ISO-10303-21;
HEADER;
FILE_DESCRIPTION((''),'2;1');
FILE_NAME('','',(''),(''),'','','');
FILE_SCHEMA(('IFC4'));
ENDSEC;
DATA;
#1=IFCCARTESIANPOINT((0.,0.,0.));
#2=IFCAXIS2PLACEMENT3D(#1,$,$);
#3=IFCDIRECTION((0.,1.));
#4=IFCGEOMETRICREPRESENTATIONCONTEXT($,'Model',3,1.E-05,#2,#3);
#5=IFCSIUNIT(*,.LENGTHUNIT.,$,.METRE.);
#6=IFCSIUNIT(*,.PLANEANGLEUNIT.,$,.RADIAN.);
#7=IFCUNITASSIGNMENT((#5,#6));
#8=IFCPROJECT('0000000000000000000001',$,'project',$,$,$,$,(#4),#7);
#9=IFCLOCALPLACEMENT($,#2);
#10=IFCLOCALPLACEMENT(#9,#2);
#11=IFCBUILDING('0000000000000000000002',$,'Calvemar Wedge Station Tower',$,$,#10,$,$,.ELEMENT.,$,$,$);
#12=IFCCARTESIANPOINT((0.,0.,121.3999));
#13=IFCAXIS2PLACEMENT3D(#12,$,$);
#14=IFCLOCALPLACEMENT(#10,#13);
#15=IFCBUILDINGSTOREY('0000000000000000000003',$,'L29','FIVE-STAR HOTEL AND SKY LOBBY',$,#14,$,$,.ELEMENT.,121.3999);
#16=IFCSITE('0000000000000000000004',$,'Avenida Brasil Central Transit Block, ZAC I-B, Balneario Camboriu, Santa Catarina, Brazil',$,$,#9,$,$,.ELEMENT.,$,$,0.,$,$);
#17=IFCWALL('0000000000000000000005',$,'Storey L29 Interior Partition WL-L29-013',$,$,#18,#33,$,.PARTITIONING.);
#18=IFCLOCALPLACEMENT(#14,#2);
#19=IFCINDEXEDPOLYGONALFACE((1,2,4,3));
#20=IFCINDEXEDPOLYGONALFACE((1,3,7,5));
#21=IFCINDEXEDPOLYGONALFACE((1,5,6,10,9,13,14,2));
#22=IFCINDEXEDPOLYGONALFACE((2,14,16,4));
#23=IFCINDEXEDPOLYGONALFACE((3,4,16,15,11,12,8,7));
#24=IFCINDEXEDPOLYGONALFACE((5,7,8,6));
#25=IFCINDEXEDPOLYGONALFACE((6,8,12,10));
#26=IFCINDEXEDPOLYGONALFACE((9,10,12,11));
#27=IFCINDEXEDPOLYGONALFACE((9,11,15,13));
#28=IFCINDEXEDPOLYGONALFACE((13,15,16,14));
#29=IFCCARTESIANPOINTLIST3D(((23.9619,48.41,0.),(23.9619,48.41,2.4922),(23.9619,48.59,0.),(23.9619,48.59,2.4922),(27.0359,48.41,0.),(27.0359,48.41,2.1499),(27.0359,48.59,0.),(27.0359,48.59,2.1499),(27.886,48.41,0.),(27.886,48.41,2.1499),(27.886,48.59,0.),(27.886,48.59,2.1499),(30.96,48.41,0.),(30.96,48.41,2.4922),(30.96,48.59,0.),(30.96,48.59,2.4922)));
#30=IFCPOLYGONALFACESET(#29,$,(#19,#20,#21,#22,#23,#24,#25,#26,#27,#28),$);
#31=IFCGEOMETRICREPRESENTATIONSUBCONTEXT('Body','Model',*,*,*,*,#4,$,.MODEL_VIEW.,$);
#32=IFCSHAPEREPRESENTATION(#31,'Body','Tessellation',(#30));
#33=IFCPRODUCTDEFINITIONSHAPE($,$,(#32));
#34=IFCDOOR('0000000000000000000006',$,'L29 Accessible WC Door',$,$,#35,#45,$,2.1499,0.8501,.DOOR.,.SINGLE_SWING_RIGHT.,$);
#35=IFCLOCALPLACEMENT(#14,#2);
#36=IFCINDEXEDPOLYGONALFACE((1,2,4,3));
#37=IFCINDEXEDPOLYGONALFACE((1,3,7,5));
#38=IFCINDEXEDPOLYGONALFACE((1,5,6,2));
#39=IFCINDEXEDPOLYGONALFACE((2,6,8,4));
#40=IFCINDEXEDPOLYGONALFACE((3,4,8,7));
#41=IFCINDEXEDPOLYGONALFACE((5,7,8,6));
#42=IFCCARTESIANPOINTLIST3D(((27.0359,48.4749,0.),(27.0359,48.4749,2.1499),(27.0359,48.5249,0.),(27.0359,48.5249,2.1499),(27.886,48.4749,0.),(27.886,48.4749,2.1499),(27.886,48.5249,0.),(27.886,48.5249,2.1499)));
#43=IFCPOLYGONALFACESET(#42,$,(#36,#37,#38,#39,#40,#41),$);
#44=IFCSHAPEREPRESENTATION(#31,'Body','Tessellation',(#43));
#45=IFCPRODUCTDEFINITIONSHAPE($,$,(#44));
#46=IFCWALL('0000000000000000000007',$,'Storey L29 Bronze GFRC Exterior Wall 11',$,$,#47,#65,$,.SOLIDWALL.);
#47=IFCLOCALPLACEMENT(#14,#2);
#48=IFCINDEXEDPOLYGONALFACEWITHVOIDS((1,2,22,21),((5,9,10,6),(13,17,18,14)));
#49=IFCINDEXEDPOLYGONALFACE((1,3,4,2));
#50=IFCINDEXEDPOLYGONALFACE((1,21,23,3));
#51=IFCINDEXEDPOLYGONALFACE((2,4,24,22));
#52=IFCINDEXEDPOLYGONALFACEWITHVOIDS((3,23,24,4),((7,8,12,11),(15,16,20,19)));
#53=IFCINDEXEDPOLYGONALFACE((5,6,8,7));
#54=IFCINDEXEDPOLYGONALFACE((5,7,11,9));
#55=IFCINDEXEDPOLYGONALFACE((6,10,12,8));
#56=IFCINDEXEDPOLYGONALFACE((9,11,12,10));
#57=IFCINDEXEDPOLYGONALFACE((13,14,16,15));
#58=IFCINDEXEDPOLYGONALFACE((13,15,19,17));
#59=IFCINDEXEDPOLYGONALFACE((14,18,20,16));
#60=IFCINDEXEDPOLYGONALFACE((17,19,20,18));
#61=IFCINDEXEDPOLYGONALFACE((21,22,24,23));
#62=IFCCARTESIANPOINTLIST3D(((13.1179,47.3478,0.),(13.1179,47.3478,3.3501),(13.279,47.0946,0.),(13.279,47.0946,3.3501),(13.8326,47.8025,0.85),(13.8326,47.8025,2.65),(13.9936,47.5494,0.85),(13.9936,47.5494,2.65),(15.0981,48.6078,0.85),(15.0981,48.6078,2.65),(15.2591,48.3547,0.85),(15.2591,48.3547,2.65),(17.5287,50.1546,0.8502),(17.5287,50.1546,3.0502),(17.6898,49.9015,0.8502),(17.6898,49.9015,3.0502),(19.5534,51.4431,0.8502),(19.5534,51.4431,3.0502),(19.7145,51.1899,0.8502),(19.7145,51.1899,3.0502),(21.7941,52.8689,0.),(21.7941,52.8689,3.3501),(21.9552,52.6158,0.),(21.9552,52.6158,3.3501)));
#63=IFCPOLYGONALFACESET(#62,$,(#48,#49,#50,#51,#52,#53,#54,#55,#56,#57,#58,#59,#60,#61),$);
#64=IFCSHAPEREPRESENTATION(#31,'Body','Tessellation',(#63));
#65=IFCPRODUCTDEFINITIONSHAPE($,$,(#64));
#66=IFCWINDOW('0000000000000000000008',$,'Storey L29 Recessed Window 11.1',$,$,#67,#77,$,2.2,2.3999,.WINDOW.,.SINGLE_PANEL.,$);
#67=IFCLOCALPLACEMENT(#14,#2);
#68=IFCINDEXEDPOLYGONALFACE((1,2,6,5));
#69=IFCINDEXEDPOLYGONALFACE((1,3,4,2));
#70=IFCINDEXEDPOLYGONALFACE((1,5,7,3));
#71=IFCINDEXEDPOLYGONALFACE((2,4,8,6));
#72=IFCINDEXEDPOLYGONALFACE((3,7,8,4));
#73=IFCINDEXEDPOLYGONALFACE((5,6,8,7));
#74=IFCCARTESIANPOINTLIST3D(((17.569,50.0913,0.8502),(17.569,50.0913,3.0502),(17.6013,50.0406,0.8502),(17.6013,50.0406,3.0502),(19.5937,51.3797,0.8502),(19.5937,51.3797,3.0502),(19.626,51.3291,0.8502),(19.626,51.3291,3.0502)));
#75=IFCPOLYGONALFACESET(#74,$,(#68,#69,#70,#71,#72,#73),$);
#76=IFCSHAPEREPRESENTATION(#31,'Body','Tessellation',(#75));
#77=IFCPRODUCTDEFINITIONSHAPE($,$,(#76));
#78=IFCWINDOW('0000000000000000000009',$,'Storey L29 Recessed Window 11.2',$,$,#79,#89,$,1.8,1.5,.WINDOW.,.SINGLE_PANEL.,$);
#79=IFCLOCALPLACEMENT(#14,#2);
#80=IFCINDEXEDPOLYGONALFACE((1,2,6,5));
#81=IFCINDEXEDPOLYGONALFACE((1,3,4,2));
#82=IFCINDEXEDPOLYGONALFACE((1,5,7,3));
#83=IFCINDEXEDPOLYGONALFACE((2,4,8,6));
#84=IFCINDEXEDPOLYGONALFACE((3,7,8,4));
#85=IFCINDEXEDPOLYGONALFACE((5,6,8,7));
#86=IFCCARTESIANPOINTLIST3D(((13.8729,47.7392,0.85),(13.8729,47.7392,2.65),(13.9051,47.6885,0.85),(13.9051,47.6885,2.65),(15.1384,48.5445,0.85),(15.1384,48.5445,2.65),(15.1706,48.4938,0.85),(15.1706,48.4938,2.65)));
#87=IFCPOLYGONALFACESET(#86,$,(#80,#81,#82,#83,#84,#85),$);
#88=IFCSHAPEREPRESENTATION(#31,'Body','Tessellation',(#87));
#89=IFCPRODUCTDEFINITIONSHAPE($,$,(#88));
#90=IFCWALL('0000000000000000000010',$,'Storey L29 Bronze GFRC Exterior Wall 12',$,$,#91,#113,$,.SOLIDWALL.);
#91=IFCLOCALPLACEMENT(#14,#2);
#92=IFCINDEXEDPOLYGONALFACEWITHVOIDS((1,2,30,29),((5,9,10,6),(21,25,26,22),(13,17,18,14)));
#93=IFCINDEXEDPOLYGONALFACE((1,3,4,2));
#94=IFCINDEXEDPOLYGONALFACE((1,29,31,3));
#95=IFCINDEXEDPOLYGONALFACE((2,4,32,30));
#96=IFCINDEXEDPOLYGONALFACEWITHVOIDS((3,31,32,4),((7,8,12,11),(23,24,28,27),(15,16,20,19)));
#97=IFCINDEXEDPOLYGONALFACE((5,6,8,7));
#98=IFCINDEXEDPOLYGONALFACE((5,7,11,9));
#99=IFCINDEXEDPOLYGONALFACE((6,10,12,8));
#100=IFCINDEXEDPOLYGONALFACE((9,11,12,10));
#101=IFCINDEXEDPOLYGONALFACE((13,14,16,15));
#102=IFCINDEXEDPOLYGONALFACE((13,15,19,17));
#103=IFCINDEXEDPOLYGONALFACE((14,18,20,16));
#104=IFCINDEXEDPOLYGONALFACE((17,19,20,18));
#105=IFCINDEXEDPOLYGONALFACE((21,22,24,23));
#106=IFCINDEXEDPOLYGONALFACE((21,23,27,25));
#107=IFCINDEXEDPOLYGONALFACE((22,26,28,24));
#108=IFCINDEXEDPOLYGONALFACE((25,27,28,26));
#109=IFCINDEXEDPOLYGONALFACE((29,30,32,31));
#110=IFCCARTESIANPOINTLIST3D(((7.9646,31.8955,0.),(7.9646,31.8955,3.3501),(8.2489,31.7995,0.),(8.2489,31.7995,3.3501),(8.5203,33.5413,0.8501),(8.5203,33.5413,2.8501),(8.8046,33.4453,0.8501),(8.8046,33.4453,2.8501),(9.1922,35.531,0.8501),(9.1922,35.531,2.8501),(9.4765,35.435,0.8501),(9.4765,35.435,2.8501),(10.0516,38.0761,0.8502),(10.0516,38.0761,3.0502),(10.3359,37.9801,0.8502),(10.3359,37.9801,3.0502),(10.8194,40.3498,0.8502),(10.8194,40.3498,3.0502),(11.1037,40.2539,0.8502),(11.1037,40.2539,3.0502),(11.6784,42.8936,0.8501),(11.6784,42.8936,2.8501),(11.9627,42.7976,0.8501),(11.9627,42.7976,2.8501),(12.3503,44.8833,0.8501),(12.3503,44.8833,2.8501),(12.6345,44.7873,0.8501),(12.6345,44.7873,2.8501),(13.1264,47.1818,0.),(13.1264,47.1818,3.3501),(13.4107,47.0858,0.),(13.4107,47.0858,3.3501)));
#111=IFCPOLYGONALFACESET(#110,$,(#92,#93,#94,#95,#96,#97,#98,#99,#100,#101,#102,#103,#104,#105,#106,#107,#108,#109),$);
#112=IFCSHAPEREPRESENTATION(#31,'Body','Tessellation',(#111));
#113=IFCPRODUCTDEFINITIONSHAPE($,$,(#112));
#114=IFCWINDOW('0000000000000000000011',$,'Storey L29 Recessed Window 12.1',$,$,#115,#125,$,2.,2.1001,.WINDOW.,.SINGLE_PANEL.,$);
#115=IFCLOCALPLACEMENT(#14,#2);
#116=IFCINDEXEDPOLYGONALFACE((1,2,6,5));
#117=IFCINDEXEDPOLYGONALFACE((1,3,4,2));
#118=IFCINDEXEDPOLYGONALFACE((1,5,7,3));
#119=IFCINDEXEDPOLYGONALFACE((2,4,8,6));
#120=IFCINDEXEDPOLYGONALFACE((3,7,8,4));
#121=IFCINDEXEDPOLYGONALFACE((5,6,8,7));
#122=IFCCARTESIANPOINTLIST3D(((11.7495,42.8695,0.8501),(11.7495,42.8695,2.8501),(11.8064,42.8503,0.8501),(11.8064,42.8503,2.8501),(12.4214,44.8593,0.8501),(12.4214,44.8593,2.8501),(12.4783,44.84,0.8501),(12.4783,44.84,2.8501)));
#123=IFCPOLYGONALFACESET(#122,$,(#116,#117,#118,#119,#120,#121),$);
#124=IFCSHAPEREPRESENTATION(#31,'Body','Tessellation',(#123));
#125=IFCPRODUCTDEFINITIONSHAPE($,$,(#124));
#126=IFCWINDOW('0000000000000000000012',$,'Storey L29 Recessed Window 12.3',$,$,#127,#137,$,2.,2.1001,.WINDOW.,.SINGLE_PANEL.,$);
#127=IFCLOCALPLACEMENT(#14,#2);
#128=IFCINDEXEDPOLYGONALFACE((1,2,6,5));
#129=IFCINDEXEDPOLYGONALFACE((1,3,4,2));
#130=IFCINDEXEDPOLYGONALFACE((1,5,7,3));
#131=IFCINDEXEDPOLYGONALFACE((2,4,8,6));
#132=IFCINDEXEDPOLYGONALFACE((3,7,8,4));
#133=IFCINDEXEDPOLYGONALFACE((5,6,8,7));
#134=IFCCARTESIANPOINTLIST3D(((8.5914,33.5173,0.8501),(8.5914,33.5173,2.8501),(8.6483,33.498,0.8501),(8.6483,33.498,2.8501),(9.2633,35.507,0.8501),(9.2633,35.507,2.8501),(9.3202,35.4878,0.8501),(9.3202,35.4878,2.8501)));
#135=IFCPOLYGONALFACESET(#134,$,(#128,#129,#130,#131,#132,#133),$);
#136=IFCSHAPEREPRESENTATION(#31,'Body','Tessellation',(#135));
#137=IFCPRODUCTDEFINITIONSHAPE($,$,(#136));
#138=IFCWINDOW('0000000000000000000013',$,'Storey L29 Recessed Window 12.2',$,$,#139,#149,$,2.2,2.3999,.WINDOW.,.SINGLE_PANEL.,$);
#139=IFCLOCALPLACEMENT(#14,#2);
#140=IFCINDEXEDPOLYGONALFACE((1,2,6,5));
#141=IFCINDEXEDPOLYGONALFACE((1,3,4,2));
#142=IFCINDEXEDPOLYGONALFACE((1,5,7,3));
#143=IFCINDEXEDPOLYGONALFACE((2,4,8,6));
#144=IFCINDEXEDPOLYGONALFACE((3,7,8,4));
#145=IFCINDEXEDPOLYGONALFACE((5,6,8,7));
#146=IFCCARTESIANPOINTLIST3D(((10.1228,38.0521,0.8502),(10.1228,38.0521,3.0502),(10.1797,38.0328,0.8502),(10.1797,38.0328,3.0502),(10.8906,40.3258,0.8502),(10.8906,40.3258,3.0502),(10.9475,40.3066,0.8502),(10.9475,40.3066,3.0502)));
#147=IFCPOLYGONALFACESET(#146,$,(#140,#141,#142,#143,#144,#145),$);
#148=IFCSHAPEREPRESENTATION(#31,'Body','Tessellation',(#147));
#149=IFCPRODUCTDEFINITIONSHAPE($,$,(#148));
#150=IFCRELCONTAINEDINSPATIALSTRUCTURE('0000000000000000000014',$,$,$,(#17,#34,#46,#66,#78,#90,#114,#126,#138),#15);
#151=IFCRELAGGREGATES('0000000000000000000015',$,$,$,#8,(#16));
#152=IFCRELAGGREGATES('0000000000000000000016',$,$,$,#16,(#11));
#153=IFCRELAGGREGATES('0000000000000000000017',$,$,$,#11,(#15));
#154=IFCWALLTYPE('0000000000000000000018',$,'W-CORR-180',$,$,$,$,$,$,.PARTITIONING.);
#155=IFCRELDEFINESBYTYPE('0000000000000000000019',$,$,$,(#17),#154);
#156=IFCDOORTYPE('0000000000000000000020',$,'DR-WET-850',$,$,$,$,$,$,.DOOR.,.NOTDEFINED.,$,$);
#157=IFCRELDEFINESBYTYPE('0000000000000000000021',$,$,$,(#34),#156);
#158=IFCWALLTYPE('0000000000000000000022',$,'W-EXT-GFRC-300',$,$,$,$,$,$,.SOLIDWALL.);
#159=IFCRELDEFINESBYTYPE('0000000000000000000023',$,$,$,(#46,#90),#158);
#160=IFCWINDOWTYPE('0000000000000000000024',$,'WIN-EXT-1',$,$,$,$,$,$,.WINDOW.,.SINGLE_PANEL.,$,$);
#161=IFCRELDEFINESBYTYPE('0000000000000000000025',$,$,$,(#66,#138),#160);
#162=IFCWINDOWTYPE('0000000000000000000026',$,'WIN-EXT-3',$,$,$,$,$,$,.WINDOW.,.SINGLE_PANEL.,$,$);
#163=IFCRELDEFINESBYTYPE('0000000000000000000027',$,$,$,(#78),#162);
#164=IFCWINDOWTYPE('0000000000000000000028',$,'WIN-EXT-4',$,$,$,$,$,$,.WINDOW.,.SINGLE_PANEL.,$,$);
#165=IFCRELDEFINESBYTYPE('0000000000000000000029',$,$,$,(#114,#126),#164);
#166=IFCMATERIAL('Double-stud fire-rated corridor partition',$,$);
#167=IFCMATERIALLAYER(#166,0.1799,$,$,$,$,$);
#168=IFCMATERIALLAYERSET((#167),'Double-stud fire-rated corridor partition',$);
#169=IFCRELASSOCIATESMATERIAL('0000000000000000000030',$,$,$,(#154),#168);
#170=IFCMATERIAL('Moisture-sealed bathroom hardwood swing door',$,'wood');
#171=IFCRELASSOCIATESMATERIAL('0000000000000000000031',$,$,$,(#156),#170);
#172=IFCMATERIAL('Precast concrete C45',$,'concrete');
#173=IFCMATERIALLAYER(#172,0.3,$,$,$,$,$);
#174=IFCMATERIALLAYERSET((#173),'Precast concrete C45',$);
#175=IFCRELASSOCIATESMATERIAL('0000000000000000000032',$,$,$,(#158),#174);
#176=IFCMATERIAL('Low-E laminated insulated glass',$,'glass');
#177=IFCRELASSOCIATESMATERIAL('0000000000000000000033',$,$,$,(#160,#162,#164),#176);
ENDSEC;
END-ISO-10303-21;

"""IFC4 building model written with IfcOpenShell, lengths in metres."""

from ifc_helpers import new_model, si_unit, direction, frame, frame_2d, origin, place, context, subcontext, project, spatial, rectangle, extrude, source, transform, mapped, material, layer, layer_set, type_object, element, fill, save


model = new_model("IFC4")

# Units and contexts
model_context = context("Model", 3, precision=1e-05, world=origin(), true_north=direction((0.0, 1.0)))
body_context = subcontext(model_context, "Body", "Model", "MODEL_VIEW")
ifc_project = project(units=[si_unit("LENGTHUNIT", "METRE"), si_unit("PLANEANGLEUNIT", "RADIAN")], contexts=[model_context])

# Site, building, storey
site_placement = place(None, origin())
site = spatial("IfcSite", under=ifc_project, at=site_placement, Name="Avenida Brasil Central Transit Block, ZAC I-B, Balneario Camboriu, Santa Catarina, Brazil", CompositionType="ELEMENT", RefElevation=0.0)
building_placement = place(site_placement, origin())
building = spatial("IfcBuilding", under=site, at=building_placement, Name="Calvemar Wedge Station Tower", CompositionType="ELEMENT")
storey_placement = place(building_placement, frame((0.0, 0.0, 121.3999)))
storey = spatial("IfcBuildingStorey", under=building, at=storey_placement, Name="L29", Description="FIVE-STAR HOTEL AND SKY LOBBY", CompositionType="ELEMENT", Elevation=121.3999)

# Shared definitions
ifc_material_1 = material(Name="Double-stud fire-rated corridor partition")
ifc_layer_1 = layer(ifc_material_1, 0.1799)
ifc_layer_set_1 = layer_set([ifc_layer_1], Name="Double-stud fire-rated corridor partition")
wall_type_1 = type_object("IfcWallType", Name="W-CORR-180", PredefinedType="PARTITIONING", material=ifc_layer_set_1)

# Wall, opening, door
wall_1_placement = place(storey_placement, frame((23.9619, 48.5, 0.0), z_axis=(0.0, 0.0, 1.0), x_axis=(1.0, 0.0, 0.0)))
wall_1 = element("IfcWall", 1, at=wall_1_placement, inside=storey, type_object=wall_type_1, Name="Storey L29 Interior Partition WL-L29-013", PredefinedType="PARTITIONING", context=body_context, shape_type="SweptSolid", body=[
    extrude(rectangle(XDim=6.998, YDim=0.1799, at=frame_2d((3.499, 0.0))), origin(), (0.0, 0.0, 1.0), 2.4922),
])
shared_shape_1 = source(origin(), body_context, "Body", "SweptSolid", [
    extrude(rectangle(XDim=0.8501, YDim=2.1499, at=frame_2d((0.425, 1.075))), frame((0.0, 0.1001, 0.0), z_axis=(0.0, -1.0, 0.0), x_axis=(1.0, 0.0, 0.0)), (0.0, 0.0, 1.0), 0.2),
])
opening_1_placement = place(wall_1_placement, frame((3.074, 0.0, 0.0)))
opening_1 = element("IfcOpeningElement", 2, at=opening_1_placement, cuts=wall_1, PredefinedType="OPENING", context=body_context, shape_type="MappedRepresentation", body=[
    mapped(shared_shape_1, transform((0.0, 0.0, 0.0), scale=1.0)),
])
ifc_material_2 = material(Name="Moisture-sealed bathroom hardwood swing door", Category="wood")
door_type_1 = type_object("IfcDoorType", Name="DR-WET-850", OperationType="NOTDEFINED", PredefinedType="DOOR", material=ifc_material_2)
shared_shape_2 = source(origin(), body_context, "Body", "SweptSolid", [
    extrude(rectangle(XDim=0.8501, YDim=2.1499, at=frame_2d((0.425, 1.075))), frame((0.0, 0.0249, 0.0), z_axis=(0.0, -1.0, 0.0), x_axis=(1.0, 0.0, 0.0)), (0.0, 0.0, 1.0), 0.05),
])
door_1_placement = place(opening_1_placement, origin())
door_1 = element("IfcDoor", 3, at=door_1_placement, inside=storey, type_object=door_type_1, Name="L29 Accessible WC Door", OperationType="SINGLE_SWING_RIGHT", OverallHeight=2.1499, OverallWidth=0.8501, PredefinedType="DOOR", context=body_context, shape_type="MappedRepresentation", body=[
    mapped(shared_shape_2, transform((0.0, 0.0, 0.0), scale=1.0)),
])
fill(opening_1, door_1)

# Walls, openings, windows
ifc_material_3 = material(Name="Precast concrete C45", Category="concrete")
ifc_layer_2 = layer(ifc_material_3, 0.3)
ifc_layer_set_2 = layer_set([ifc_layer_2], Name="Precast concrete C45")
wall_type_2 = type_object("IfcWallType", Name="W-EXT-GFRC-300", PredefinedType="SOLIDWALL", material=ifc_layer_set_2)
wall_2_placement = place(storey_placement, frame((21.8748, 52.7424, 0.0), z_axis=(0.0, 0.0, 1.0), x_axis=(-0.843662, -0.536874, 0.0)))
wall_2 = element("IfcWall", 4, at=wall_2_placement, inside=storey, type_object=wall_type_2, Name="Storey L29 Bronze GFRC Exterior Wall 11", PredefinedType="SOLIDWALL", context=body_context, shape_type="SweptSolid", body=[
    extrude(rectangle(XDim=10.2839, YDim=0.3, at=frame_2d((5.1421, 0.0))), origin(), (0.0, 0.0, 1.0), 3.3501),
])
shared_shape_3 = source(origin(), body_context, "Body", "SweptSolid", [
    extrude(rectangle(XDim=2.3999, YDim=2.2, at=frame_2d((1.2, 1.1001))), frame((0.0, 0.1602, 0.0), z_axis=(0.0, -1.0, 0.0), x_axis=(1.0, 0.0, 0.0)), (0.0, 0.0, 1.0), 0.3201),
])
opening_2_placement = place(wall_2_placement, frame((2.656, 0.0, 0.8501)))
opening_2 = element("IfcOpeningElement", 5, at=opening_2_placement, cuts=wall_2, PredefinedType="OPENING", context=body_context, shape_type="MappedRepresentation", body=[
    mapped(shared_shape_3, transform((0.0, 0.0, 0.0), scale=1.0)),
])
shared_shape_4 = source(origin(), body_context, "Body", "SweptSolid", [
    extrude(rectangle(XDim=1.5, YDim=1.8, at=frame_2d((0.75, 0.8999))), frame((0.0, 0.1602, 0.0), z_axis=(0.0, -1.0, 0.0), x_axis=(1.0, 0.0, 0.0)), (0.0, 0.0, 1.0), 0.3201),
])
opening_3_placement = place(wall_2_placement, frame((7.937, 0.0, 0.8501)))
opening_3 = element("IfcOpeningElement", 6, at=opening_3_placement, cuts=wall_2, PredefinedType="OPENING", context=body_context, shape_type="MappedRepresentation", body=[
    mapped(shared_shape_4, transform((0.0, 0.0, 0.0), scale=1.0)),
])
ifc_material_4 = material(Name="Low-E laminated insulated glass", Category="glass")
window_type_1 = type_object("IfcWindowType", Name="WIN-EXT-1", PartitioningType="SINGLE_PANEL", PredefinedType="WINDOW", material=ifc_material_4)
shared_shape_5 = source(origin(), body_context, "Body", "SweptSolid", [
    extrude(rectangle(XDim=2.3999, YDim=2.2, at=frame_2d((1.2, 1.1001))), frame((0.0, -0.0149, 0.0), z_axis=(0.0, -1.0, 0.0), x_axis=(1.0, 0.0, 0.0)), (0.0, 0.0, 1.0), 0.0601),
])
window_1_placement = place(opening_2_placement, origin())
window_1 = element("IfcWindow", 7, at=window_1_placement, inside=storey, type_object=window_type_1, Name="Storey L29 Recessed Window 11.1", OverallHeight=2.2, OverallWidth=2.3999, PartitioningType="SINGLE_PANEL", PredefinedType="WINDOW", context=body_context, shape_type="MappedRepresentation", body=[
    mapped(shared_shape_5, transform((0.0, 0.0, 0.0), scale=1.0)),
])
fill(opening_2, window_1)
window_type_2 = type_object("IfcWindowType", Name="WIN-EXT-3", PartitioningType="SINGLE_PANEL", PredefinedType="WINDOW", material=ifc_material_4)
shared_shape_6 = source(origin(), body_context, "Body", "SweptSolid", [
    extrude(rectangle(XDim=1.5, YDim=1.8, at=frame_2d((0.75, 0.8999))), frame((0.0, -0.0149, 0.0), z_axis=(0.0, -1.0, 0.0), x_axis=(1.0, 0.0, 0.0)), (0.0, 0.0, 1.0), 0.0601),
])
window_2_placement = place(opening_3_placement, origin())
window_2 = element("IfcWindow", 8, at=window_2_placement, inside=storey, type_object=window_type_2, Name="Storey L29 Recessed Window 11.2", OverallHeight=1.8, OverallWidth=1.5, PartitioningType="SINGLE_PANEL", PredefinedType="WINDOW", context=body_context, shape_type="MappedRepresentation", body=[
    mapped(shared_shape_6, transform((0.0, 0.0, 0.0), scale=1.0)),
])
fill(opening_3, window_2)
wall_3_placement = place(storey_placement, frame((13.2686, 47.1338, 0.0), z_axis=(0.0, 0.0, 1.0), x_axis=(-0.31993, -0.947441, 0.0)))
wall_3 = element("IfcWall", 9, at=wall_3_placement, inside=storey, type_object=wall_type_2, Name="Storey L29 Bronze GFRC Exterior Wall 12", PredefinedType="SOLIDWALL", context=body_context, shape_type="SweptSolid", body=[
    extrude(rectangle(XDim=16.1343, YDim=0.3, at=frame_2d((8.0671, 0.0))), origin(), (0.0, 0.0, 1.0), 3.3501),
])
shared_shape_7 = source(origin(), body_context, "Body", "SweptSolid", [
    extrude(rectangle(XDim=2.1001, YDim=2.0, at=frame_2d((1.05, 1.0))), frame((0.0, 0.1602, 0.0), z_axis=(0.0, -1.0, 0.0), x_axis=(1.0, 0.0, 0.0)), (0.0, 0.0, 1.0), 0.3201),
])
opening_4_placement = place(wall_3_placement, frame((2.426, 0.0, 0.8501)))
opening_4 = element("IfcOpeningElement", 10, at=opening_4_placement, cuts=wall_3, PredefinedType="OPENING", context=body_context, shape_type="MappedRepresentation", body=[
    mapped(shared_shape_7, transform((0.0, 0.0, 0.0), scale=1.0)),
])
opening_5_placement = place(wall_3_placement, frame((7.2109, 0.0, 0.8501)))
opening_5 = element("IfcOpeningElement", 11, at=opening_5_placement, cuts=wall_3, PredefinedType="OPENING", context=body_context, shape_type="MappedRepresentation", body=[
    mapped(shared_shape_3, transform((0.0, 0.0, 0.0), scale=1.0)),
])
opening_6_placement = place(wall_3_placement, frame((12.2971, 0.0, 0.8501)))
opening_6 = element("IfcOpeningElement", 12, at=opening_6_placement, cuts=wall_3, PredefinedType="OPENING", context=body_context, shape_type="MappedRepresentation", body=[
    mapped(shared_shape_7, transform((0.0, 0.0, 0.0), scale=1.0)),
])
window_type_3 = type_object("IfcWindowType", Name="WIN-EXT-4", PartitioningType="SINGLE_PANEL", PredefinedType="WINDOW", material=ifc_material_4)
shared_shape_8 = source(origin(), body_context, "Body", "SweptSolid", [
    extrude(rectangle(XDim=2.1001, YDim=2.0, at=frame_2d((1.05, 1.0))), frame((0.0, -0.0149, 0.0), z_axis=(0.0, -1.0, 0.0), x_axis=(1.0, 0.0, 0.0)), (0.0, 0.0, 1.0), 0.0601),
])
window_3_placement = place(opening_4_placement, origin())
window_3 = element("IfcWindow", 13, at=window_3_placement, inside=storey, type_object=window_type_3, Name="Storey L29 Recessed Window 12.1", OverallHeight=2.0, OverallWidth=2.1001, PartitioningType="SINGLE_PANEL", PredefinedType="WINDOW", context=body_context, shape_type="MappedRepresentation", body=[
    mapped(shared_shape_8, transform((0.0, 0.0, 0.0), scale=1.0)),
])
fill(opening_4, window_3)
window_4_placement = place(opening_6_placement, origin())
window_4 = element("IfcWindow", 14, at=window_4_placement, inside=storey, type_object=window_type_3, Name="Storey L29 Recessed Window 12.3", OverallHeight=2.0, OverallWidth=2.1001, PartitioningType="SINGLE_PANEL", PredefinedType="WINDOW", context=body_context, shape_type="MappedRepresentation", body=[
    mapped(shared_shape_8, transform((0.0, 0.0, 0.0), scale=1.0)),
])
fill(opening_6, window_4)
window_5_placement = place(opening_5_placement, origin())
window_5 = element("IfcWindow", 15, at=window_5_placement, inside=storey, type_object=window_type_1, Name="Storey L29 Recessed Window 12.2", OverallHeight=2.2, OverallWidth=2.3999, PartitioningType="SINGLE_PANEL", PredefinedType="WINDOW", context=body_context, shape_type="MappedRepresentation", body=[
    mapped(shared_shape_5, transform((0.0, 0.0, 0.0), scale=1.0)),
])
fill(opening_5, window_5)

save(model, "model.ifc")
